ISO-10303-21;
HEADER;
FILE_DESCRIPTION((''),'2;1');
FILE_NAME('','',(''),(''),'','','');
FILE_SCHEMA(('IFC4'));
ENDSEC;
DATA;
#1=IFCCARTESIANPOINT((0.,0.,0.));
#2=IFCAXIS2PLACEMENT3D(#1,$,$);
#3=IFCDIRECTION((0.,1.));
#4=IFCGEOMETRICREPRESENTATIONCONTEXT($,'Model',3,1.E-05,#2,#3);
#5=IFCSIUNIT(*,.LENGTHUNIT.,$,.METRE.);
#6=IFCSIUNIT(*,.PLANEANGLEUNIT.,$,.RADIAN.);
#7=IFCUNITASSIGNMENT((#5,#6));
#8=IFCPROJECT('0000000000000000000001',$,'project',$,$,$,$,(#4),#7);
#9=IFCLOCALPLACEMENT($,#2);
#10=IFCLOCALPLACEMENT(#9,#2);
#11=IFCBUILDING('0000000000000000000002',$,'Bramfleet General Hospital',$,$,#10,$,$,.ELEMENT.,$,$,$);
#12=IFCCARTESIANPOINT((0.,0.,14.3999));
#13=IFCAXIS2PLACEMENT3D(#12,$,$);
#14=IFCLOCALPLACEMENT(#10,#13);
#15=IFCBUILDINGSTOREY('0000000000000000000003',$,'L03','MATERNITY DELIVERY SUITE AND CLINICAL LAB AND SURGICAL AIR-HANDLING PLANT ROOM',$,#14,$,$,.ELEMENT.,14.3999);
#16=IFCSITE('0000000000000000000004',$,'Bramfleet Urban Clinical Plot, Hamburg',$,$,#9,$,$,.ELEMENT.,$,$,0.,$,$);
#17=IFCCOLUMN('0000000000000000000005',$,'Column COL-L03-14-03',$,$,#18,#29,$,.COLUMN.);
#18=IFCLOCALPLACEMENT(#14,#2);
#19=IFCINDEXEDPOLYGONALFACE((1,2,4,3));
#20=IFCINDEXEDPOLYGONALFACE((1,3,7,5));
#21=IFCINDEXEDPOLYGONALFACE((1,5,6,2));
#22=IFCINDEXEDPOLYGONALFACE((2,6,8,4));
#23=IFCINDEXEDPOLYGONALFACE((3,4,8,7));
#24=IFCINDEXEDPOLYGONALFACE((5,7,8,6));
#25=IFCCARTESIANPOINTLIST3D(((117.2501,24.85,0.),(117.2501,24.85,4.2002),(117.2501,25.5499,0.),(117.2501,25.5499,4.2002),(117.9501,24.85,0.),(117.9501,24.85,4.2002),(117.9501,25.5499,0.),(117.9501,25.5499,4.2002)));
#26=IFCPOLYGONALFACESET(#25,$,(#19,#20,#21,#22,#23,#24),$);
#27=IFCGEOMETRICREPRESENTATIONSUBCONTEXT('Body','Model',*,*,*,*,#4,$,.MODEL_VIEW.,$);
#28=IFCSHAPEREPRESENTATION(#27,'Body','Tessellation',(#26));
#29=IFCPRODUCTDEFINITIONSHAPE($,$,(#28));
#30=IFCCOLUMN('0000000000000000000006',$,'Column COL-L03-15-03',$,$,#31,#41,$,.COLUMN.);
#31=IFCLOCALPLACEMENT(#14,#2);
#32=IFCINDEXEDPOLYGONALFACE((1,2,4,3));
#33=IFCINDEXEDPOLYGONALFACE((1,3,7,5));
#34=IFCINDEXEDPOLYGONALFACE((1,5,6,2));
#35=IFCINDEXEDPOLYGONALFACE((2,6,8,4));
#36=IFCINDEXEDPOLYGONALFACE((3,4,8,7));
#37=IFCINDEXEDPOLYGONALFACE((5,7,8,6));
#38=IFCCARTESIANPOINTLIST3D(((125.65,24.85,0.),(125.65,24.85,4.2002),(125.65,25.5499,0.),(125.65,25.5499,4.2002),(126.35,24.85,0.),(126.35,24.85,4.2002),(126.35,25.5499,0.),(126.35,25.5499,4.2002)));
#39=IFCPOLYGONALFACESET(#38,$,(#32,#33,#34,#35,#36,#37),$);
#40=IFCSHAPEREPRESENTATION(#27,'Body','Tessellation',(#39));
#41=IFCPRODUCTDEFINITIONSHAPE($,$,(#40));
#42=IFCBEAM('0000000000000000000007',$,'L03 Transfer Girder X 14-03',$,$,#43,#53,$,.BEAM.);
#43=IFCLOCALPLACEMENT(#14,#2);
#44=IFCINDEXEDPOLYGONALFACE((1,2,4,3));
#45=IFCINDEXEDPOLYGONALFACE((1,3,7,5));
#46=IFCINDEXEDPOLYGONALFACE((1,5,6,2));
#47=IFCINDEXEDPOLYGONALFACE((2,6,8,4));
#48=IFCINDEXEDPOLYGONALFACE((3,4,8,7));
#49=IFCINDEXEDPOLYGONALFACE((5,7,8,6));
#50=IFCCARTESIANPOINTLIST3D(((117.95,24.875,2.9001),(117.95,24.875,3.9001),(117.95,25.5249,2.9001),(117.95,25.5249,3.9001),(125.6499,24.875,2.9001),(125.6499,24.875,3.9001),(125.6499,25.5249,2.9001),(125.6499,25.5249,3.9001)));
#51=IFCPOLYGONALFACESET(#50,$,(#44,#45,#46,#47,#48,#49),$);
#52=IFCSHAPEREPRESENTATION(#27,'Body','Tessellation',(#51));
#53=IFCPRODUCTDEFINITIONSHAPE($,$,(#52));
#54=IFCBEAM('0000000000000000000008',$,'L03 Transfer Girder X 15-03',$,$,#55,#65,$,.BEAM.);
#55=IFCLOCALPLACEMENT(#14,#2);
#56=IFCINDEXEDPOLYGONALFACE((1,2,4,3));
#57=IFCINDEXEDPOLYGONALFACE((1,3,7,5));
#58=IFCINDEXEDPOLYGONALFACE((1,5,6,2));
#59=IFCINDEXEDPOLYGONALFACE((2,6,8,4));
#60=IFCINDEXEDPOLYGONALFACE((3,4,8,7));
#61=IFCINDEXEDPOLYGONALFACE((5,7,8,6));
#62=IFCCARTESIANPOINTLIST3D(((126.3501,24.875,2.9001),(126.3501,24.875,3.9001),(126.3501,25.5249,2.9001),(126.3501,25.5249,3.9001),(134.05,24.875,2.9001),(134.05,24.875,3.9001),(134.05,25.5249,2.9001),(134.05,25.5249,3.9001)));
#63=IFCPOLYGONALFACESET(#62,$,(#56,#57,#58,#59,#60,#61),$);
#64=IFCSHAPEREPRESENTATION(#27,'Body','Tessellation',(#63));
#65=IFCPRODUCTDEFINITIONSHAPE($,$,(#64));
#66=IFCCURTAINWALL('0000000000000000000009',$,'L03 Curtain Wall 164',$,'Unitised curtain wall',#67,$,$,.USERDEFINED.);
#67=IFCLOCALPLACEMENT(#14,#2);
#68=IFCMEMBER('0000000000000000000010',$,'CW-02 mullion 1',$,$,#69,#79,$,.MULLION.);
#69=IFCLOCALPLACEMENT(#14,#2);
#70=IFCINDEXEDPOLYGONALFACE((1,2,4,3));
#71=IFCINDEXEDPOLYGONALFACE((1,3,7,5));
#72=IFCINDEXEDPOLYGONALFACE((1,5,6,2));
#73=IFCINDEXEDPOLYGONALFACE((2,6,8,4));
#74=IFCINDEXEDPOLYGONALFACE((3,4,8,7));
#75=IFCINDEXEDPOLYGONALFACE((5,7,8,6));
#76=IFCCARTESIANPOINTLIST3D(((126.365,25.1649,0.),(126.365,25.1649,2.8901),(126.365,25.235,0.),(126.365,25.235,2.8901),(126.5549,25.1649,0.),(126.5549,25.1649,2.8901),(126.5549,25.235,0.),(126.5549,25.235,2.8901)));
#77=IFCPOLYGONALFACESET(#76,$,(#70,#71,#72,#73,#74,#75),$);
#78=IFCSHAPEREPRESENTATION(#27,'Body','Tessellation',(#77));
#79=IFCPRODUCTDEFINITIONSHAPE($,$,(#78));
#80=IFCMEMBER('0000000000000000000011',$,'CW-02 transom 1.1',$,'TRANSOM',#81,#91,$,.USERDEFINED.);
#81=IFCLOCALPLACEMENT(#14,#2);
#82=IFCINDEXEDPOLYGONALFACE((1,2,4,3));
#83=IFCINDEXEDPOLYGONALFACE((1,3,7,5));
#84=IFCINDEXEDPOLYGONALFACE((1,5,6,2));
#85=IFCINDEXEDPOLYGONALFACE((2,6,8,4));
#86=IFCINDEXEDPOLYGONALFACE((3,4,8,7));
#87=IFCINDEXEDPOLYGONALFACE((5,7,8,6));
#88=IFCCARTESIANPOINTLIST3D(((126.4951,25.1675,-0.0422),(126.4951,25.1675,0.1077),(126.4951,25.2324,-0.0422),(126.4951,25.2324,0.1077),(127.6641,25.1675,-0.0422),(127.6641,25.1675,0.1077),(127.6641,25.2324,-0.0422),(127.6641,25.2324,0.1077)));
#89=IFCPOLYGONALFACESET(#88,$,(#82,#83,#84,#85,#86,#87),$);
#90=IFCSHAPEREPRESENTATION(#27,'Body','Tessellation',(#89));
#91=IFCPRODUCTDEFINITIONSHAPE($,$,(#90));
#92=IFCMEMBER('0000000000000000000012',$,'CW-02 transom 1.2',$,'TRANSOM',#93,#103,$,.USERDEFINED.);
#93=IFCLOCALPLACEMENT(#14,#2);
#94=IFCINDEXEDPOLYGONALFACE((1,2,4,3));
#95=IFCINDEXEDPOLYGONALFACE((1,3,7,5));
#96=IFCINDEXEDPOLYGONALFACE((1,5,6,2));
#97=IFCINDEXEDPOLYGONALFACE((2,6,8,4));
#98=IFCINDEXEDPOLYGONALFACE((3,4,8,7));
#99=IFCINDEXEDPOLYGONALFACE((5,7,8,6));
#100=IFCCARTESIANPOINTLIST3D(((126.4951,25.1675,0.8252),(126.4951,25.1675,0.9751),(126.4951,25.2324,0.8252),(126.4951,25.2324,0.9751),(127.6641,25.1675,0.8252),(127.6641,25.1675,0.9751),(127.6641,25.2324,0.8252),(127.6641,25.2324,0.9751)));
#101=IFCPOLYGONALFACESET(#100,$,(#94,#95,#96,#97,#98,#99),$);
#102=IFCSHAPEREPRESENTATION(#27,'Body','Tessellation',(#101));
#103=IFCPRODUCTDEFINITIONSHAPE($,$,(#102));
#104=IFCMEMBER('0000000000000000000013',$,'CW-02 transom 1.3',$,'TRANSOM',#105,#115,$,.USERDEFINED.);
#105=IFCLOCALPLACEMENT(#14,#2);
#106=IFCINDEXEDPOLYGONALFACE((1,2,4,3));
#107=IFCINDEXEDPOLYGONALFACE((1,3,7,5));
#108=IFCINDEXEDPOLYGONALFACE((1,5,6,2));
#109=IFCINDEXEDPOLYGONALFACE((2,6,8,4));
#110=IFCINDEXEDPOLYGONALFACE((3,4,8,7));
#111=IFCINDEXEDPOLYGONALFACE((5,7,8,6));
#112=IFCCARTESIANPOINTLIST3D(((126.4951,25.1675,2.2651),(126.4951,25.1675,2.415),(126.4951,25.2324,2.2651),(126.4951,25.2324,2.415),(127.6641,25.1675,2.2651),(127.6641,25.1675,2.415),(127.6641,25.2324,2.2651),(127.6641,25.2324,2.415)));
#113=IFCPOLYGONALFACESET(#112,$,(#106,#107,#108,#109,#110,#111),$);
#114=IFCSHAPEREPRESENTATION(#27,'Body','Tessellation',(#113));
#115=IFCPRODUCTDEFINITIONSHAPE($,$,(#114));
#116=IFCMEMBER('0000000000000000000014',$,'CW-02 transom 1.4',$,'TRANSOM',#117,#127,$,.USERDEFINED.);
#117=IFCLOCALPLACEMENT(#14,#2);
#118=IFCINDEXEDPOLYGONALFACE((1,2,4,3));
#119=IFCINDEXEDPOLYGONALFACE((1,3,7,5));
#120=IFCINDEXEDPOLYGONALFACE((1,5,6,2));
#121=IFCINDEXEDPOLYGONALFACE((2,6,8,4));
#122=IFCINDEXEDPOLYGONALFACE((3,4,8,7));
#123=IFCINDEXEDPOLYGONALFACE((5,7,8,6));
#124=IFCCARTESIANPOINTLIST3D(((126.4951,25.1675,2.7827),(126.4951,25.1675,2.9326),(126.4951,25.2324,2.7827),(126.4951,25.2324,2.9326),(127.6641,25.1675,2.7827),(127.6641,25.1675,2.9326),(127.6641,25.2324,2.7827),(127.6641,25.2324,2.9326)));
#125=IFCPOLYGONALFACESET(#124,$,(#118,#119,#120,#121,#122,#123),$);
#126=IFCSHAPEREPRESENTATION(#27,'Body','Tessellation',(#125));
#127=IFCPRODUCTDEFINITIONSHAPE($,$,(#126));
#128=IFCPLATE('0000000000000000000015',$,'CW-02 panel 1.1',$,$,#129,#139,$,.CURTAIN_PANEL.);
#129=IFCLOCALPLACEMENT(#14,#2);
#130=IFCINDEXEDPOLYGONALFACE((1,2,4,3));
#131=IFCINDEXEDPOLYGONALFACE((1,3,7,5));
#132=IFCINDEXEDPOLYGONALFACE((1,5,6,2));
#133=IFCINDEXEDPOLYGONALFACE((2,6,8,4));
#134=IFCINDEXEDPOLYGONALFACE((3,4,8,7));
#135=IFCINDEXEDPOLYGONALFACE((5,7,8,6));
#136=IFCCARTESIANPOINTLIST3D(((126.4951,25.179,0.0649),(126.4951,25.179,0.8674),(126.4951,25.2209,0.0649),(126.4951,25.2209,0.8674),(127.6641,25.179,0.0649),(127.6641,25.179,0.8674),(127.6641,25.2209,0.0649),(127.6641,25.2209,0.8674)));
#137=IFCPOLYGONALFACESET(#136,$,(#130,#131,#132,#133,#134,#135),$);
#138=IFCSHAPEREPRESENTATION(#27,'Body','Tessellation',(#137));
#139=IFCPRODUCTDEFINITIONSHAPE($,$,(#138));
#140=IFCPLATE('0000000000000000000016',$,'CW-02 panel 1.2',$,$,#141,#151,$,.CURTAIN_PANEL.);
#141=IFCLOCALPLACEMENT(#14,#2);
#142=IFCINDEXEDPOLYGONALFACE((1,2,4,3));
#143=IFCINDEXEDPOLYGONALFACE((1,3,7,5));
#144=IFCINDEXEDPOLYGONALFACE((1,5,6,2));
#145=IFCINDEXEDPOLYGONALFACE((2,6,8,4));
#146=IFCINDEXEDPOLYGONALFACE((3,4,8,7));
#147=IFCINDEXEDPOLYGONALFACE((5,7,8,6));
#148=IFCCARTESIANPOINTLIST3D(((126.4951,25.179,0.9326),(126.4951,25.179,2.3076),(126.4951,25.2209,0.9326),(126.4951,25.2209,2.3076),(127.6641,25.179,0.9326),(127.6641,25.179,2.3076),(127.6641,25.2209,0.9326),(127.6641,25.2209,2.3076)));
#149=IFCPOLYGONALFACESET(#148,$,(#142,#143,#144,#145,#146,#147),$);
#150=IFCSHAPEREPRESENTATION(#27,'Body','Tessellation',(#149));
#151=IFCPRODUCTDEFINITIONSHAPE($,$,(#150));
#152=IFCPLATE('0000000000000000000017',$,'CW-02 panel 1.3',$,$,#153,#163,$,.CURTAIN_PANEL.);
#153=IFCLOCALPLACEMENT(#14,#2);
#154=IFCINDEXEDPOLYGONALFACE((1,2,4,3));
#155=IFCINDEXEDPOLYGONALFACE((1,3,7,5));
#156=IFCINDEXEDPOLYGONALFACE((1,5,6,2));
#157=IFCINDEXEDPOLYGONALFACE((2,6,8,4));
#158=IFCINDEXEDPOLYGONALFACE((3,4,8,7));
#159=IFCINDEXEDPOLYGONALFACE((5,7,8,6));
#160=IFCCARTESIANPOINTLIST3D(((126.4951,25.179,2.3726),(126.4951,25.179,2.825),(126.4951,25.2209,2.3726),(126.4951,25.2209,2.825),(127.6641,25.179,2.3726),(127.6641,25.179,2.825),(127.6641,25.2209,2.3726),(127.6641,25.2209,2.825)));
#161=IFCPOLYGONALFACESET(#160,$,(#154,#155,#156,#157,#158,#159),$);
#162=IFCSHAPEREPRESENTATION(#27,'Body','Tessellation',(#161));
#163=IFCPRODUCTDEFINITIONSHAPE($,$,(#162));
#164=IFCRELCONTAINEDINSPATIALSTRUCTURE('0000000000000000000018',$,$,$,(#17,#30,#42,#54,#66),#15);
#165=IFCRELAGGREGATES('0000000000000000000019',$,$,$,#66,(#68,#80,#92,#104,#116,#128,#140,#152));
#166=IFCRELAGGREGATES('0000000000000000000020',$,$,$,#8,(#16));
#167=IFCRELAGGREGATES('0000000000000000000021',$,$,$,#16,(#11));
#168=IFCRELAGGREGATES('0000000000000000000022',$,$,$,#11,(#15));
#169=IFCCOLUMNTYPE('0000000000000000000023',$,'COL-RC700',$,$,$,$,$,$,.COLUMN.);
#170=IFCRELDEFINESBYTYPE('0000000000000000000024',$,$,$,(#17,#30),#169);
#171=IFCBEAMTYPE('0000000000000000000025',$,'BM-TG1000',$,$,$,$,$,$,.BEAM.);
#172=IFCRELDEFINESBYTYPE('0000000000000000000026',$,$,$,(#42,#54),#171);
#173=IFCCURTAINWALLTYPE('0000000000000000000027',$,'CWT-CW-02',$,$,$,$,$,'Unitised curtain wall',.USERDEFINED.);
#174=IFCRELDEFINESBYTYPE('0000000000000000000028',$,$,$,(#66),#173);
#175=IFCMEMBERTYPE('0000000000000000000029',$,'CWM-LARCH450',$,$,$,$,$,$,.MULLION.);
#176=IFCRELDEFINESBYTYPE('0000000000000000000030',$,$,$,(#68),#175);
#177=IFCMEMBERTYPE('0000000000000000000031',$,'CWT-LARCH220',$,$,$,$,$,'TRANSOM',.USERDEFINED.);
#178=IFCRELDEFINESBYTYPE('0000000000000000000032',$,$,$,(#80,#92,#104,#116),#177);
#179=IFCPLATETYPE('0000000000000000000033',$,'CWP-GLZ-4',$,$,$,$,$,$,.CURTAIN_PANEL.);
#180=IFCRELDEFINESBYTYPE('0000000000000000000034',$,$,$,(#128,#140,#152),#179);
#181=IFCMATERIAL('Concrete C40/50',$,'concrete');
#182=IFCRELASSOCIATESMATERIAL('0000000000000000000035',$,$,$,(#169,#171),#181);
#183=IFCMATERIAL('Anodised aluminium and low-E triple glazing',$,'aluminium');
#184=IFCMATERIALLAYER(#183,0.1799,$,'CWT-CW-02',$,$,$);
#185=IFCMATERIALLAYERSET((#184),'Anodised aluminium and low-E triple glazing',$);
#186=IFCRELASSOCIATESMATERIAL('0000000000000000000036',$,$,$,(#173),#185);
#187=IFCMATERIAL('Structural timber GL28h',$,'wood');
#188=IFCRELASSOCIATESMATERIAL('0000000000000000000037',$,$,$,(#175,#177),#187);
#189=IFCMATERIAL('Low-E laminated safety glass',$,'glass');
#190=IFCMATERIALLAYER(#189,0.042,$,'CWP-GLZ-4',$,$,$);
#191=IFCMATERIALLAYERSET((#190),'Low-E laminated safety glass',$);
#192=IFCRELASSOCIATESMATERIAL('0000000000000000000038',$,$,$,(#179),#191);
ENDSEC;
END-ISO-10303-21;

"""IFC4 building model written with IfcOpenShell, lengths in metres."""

from ifc_helpers import new_model, si_unit, direction, frame, origin, origin_2d, place, context, subcontext, project, spatial, rectangle, extrude, material, layer, layer_set, material_profile, profile_set, type_object, element, aggregate, save


model = new_model("IFC4")

# Units and contexts
model_context = context("Model", 3, precision=1e-05, world=origin(), true_north=direction((0.0, 1.0)))
body_context = subcontext(model_context, "Body", "Model", "MODEL_VIEW")
ifc_project = project(units=[si_unit("LENGTHUNIT", "METRE"), si_unit("PLANEANGLEUNIT", "RADIAN")], contexts=[model_context])

# Site, building, storey
site_placement = place(None, origin())
site = spatial("IfcSite", under=ifc_project, at=site_placement, Name="Bramfleet Urban Clinical Plot, Hamburg", CompositionType="ELEMENT", RefElevation=0.0)
building_placement = place(site_placement, origin())
building = spatial("IfcBuilding", under=site, at=building_placement, Name="Bramfleet General Hospital", CompositionType="ELEMENT")
storey_placement = place(building_placement, frame((0.0, 0.0, 14.3999)))
storey = spatial("IfcBuildingStorey", under=building, at=storey_placement, Name="L03", Description="MATERNITY DELIVERY SUITE AND CLINICAL LAB AND SURGICAL AIR-HANDLING PLANT ROOM", CompositionType="ELEMENT", Elevation=14.3999)

# Columns
ifc_material_1 = material(Name="Concrete C40/50", Category="concrete")
ifc_material_profile_1 = material_profile(ifc_material_1, rectangle(XDim=0.7, YDim=0.7, at=origin_2d()), Name="RC COL 700x700")
ifc_profile_set_1 = profile_set([ifc_material_profile_1], Name="Concrete C40/50")
column_type = type_object("IfcColumnType", Name="COL-RC700", PredefinedType="COLUMN", material=ifc_profile_set_1)
for number, where, z_axis, x_axis, name in (
    (1, (117.6001, 25.2, 0.0), (0.0, 0.0, 1.0), (1.0, 0.0, 0.0), "Column COL-L03-14-03"),
    (2, (126.0, 25.2, 0.0), (0.0, 0.0, 1.0), (1.0, 0.0, 0.0), "Column COL-L03-15-03"),
):
    element("IfcColumn", number, at=place(storey_placement, frame(where, z_axis=z_axis, x_axis=x_axis)), inside=storey, type_object=column_type, Name=name, PredefinedType="COLUMN", context=body_context, shape_type="SweptSolid", body=[
        extrude(rectangle(XDim=0.7, YDim=0.7, at=origin_2d()), origin(), (0.0, 0.0, 1.0), 4.2002),
    ])

# Beams
ifc_material_profile_2 = material_profile(ifc_material_1, rectangle(XDim=0.6499, YDim=1.0, at=origin_2d()), Name="RC TG 1000x650")
ifc_profile_set_2 = profile_set([ifc_material_profile_2], Name="Concrete C40/50")
beam_type = type_object("IfcBeamType", Name="BM-TG1000", PredefinedType="BEAM", material=ifc_profile_set_2)
for number, where, z_axis, x_axis, name in (
    (3, (117.95, 25.2, 3.4001), (1.0, 0.0, 0.0), (0.0, 1.0, 0.0), "L03 Transfer Girder X 14-03"),
    (4, (126.3501, 25.2, 3.4001), (1.0, 0.0, 0.0), (0.0, 1.0, 0.0), "L03 Transfer Girder X 15-03"),
):
    element("IfcBeam", number, at=place(storey_placement, frame(where, z_axis=z_axis, x_axis=x_axis)), inside=storey, type_object=beam_type, Name=name, PredefinedType="BEAM", context=body_context, shape_type="SweptSolid", body=[
        extrude(rectangle(XDim=0.6499, YDim=1.0, at=origin_2d()), origin(), (0.0, 0.0, 1.0), 7.7),
    ])

# Curtain wall, members, plates
ifc_material_2 = material(Name="Anodised aluminium and low-E triple glazing", Category="aluminium")
ifc_layer_1 = layer(ifc_material_2, 0.1799, Name="CWT-CW-02")
ifc_layer_set_1 = layer_set([ifc_layer_1], Name="Anodised aluminium and low-E triple glazing")
curtain_wall_type = type_object("IfcCurtainWallType", Name="CWT-CW-02", ElementType="Unitised curtain wall", PredefinedType="USERDEFINED", material=ifc_layer_set_1)
curtain_wall_placement = place(storey_placement, origin())
curtain_wall = element("IfcCurtainWall", 5, at=curtain_wall_placement, inside=storey, type_object=curtain_wall_type, Name="L03 Curtain Wall 164", ObjectType="Unitised curtain wall", PredefinedType="USERDEFINED")
ifc_material_3 = material(Name="Structural timber GL28h", Category="wood")
ifc_material_profile_3 = material_profile(ifc_material_3, rectangle(XDim=0.0701, YDim=0.1899, at=origin_2d()), Name="LARCH 190x70")
ifc_profile_set_3 = profile_set([ifc_material_profile_3], Name="Structural timber GL28h")
member_type_1 = type_object("IfcMemberType", Name="CWM-LARCH450", PredefinedType="MULLION", material=ifc_profile_set_3)
member_1_placement = place(storey_placement, frame((126.46, 25.2, 0.0), z_axis=(0.0, 0.0, 1.0), x_axis=(0.0, 1.0, 0.0)))
member_1 = element("IfcMember", 6, at=member_1_placement, type_object=member_type_1, Name="CW-02 mullion 1", PredefinedType="MULLION", context=body_context, shape_type="SweptSolid", body=[
    extrude(rectangle(XDim=0.0701, YDim=0.1899, at=origin_2d()), origin(), (0.0, 0.0, 1.0), 2.8901),
])
ifc_material_profile_4 = material_profile(ifc_material_3, rectangle(XDim=0.0649, YDim=0.1499, at=origin_2d()), Name="LARCH 150x65")
ifc_profile_set_4 = profile_set([ifc_material_profile_4], Name="Structural timber GL28h")
member_type_2 = type_object("IfcMemberType", Name="CWT-LARCH220", ElementType="TRANSOM", PredefinedType="USERDEFINED", material=ifc_profile_set_4)
member_2_placement = place(storey_placement, frame((126.4951, 25.2, 0.0327), z_axis=(1.0, 0.0, 0.0), x_axis=(0.0, 1.0, 0.0)))
member_2 = element("IfcMember", 7, at=member_2_placement, type_object=member_type_2, Name="CW-02 transom 1.1", ObjectType="TRANSOM", PredefinedType="USERDEFINED", context=body_context, shape_type="SweptSolid", body=[
    extrude(rectangle(XDim=0.0649, YDim=0.1499, at=origin_2d()), origin(), (0.0, 0.0, 1.0), 1.1689),
])
member_3_placement = place(storey_placement, frame((126.4951, 25.2, 0.9001), z_axis=(1.0, 0.0, 0.0), x_axis=(0.0, 1.0, 0.0)))
member_3 = element("IfcMember", 8, at=member_3_placement, type_object=member_type_2, Name="CW-02 transom 1.2", ObjectType="TRANSOM", PredefinedType="USERDEFINED", context=body_context, shape_type="SweptSolid", body=[
    extrude(rectangle(XDim=0.0649, YDim=0.1499, at=origin_2d()), origin(), (0.0, 0.0, 1.0), 1.1689),
])
member_4_placement = place(storey_placement, frame((126.4951, 25.2, 2.3401), z_axis=(1.0, 0.0, 0.0), x_axis=(0.0, 1.0, 0.0)))
member_4 = element("IfcMember", 9, at=member_4_placement, type_object=member_type_2, Name="CW-02 transom 1.3", ObjectType="TRANSOM", PredefinedType="USERDEFINED", context=body_context, shape_type="SweptSolid", body=[
    extrude(rectangle(XDim=0.0649, YDim=0.1499, at=origin_2d()), origin(), (0.0, 0.0, 1.0), 1.1689),
])
member_5_placement = place(storey_placement, frame((126.4951, 25.2, 2.8577), z_axis=(1.0, 0.0, 0.0), x_axis=(0.0, 1.0, 0.0)))
member_5 = element("IfcMember", 10, at=member_5_placement, type_object=member_type_2, Name="CW-02 transom 1.4", ObjectType="TRANSOM", PredefinedType="USERDEFINED", context=body_context, shape_type="SweptSolid", body=[
    extrude(rectangle(XDim=0.0649, YDim=0.1499, at=origin_2d()), origin(), (0.0, 0.0, 1.0), 1.1689),
])
ifc_material_4 = material(Name="Low-E laminated safety glass", Category="glass")
ifc_layer_2 = layer(ifc_material_4, 0.042, Name="CWP-GLZ-4")
ifc_layer_set_2 = layer_set([ifc_layer_2], Name="Low-E laminated safety glass")
plate_type = type_object("IfcPlateType", Name="CWP-GLZ-4", PredefinedType="CURTAIN_PANEL", material=ifc_layer_set_2)
plate_1_placement = place(storey_placement, frame((127.0796, 25.2, 0.0649), z_axis=(0.0, 0.0, 1.0), x_axis=(1.0, 0.0, 0.0)))
plate_1 = element("IfcPlate", 11, at=plate_1_placement, type_object=plate_type, Name="CW-02 panel 1.1", PredefinedType="CURTAIN_PANEL", context=body_context, shape_type="SweptSolid", body=[
    extrude(rectangle(XDim=1.1689, YDim=0.042, at=origin_2d()), origin(), (0.0, 0.0, 1.0), 0.8025),
])
plate_2_placement = place(storey_placement, frame((127.0796, 25.2, 0.9326), z_axis=(0.0, 0.0, 1.0), x_axis=(1.0, 0.0, 0.0)))
plate_2 = element("IfcPlate", 12, at=plate_2_placement, type_object=plate_type, Name="CW-02 panel 1.2", PredefinedType="CURTAIN_PANEL", context=body_context, shape_type="SweptSolid", body=[
    extrude(rectangle(XDim=1.1689, YDim=0.042, at=origin_2d()), origin(), (0.0, 0.0, 1.0), 1.375),
])
plate_3_placement = place(storey_placement, frame((127.0796, 25.2, 2.3726), z_axis=(0.0, 0.0, 1.0), x_axis=(1.0, 0.0, 0.0)))
plate_3 = element("IfcPlate", 13, at=plate_3_placement, type_object=plate_type, Name="CW-02 panel 1.3", PredefinedType="CURTAIN_PANEL", context=body_context, shape_type="SweptSolid", body=[
    extrude(rectangle(XDim=1.1689, YDim=0.042, at=origin_2d()), origin(), (0.0, 0.0, 1.0), 0.4524),
])
aggregate(curtain_wall, [member_1, member_2, member_3, member_4, member_5, plate_1, plate_2, plate_3])

save(model, "model.ifc")
